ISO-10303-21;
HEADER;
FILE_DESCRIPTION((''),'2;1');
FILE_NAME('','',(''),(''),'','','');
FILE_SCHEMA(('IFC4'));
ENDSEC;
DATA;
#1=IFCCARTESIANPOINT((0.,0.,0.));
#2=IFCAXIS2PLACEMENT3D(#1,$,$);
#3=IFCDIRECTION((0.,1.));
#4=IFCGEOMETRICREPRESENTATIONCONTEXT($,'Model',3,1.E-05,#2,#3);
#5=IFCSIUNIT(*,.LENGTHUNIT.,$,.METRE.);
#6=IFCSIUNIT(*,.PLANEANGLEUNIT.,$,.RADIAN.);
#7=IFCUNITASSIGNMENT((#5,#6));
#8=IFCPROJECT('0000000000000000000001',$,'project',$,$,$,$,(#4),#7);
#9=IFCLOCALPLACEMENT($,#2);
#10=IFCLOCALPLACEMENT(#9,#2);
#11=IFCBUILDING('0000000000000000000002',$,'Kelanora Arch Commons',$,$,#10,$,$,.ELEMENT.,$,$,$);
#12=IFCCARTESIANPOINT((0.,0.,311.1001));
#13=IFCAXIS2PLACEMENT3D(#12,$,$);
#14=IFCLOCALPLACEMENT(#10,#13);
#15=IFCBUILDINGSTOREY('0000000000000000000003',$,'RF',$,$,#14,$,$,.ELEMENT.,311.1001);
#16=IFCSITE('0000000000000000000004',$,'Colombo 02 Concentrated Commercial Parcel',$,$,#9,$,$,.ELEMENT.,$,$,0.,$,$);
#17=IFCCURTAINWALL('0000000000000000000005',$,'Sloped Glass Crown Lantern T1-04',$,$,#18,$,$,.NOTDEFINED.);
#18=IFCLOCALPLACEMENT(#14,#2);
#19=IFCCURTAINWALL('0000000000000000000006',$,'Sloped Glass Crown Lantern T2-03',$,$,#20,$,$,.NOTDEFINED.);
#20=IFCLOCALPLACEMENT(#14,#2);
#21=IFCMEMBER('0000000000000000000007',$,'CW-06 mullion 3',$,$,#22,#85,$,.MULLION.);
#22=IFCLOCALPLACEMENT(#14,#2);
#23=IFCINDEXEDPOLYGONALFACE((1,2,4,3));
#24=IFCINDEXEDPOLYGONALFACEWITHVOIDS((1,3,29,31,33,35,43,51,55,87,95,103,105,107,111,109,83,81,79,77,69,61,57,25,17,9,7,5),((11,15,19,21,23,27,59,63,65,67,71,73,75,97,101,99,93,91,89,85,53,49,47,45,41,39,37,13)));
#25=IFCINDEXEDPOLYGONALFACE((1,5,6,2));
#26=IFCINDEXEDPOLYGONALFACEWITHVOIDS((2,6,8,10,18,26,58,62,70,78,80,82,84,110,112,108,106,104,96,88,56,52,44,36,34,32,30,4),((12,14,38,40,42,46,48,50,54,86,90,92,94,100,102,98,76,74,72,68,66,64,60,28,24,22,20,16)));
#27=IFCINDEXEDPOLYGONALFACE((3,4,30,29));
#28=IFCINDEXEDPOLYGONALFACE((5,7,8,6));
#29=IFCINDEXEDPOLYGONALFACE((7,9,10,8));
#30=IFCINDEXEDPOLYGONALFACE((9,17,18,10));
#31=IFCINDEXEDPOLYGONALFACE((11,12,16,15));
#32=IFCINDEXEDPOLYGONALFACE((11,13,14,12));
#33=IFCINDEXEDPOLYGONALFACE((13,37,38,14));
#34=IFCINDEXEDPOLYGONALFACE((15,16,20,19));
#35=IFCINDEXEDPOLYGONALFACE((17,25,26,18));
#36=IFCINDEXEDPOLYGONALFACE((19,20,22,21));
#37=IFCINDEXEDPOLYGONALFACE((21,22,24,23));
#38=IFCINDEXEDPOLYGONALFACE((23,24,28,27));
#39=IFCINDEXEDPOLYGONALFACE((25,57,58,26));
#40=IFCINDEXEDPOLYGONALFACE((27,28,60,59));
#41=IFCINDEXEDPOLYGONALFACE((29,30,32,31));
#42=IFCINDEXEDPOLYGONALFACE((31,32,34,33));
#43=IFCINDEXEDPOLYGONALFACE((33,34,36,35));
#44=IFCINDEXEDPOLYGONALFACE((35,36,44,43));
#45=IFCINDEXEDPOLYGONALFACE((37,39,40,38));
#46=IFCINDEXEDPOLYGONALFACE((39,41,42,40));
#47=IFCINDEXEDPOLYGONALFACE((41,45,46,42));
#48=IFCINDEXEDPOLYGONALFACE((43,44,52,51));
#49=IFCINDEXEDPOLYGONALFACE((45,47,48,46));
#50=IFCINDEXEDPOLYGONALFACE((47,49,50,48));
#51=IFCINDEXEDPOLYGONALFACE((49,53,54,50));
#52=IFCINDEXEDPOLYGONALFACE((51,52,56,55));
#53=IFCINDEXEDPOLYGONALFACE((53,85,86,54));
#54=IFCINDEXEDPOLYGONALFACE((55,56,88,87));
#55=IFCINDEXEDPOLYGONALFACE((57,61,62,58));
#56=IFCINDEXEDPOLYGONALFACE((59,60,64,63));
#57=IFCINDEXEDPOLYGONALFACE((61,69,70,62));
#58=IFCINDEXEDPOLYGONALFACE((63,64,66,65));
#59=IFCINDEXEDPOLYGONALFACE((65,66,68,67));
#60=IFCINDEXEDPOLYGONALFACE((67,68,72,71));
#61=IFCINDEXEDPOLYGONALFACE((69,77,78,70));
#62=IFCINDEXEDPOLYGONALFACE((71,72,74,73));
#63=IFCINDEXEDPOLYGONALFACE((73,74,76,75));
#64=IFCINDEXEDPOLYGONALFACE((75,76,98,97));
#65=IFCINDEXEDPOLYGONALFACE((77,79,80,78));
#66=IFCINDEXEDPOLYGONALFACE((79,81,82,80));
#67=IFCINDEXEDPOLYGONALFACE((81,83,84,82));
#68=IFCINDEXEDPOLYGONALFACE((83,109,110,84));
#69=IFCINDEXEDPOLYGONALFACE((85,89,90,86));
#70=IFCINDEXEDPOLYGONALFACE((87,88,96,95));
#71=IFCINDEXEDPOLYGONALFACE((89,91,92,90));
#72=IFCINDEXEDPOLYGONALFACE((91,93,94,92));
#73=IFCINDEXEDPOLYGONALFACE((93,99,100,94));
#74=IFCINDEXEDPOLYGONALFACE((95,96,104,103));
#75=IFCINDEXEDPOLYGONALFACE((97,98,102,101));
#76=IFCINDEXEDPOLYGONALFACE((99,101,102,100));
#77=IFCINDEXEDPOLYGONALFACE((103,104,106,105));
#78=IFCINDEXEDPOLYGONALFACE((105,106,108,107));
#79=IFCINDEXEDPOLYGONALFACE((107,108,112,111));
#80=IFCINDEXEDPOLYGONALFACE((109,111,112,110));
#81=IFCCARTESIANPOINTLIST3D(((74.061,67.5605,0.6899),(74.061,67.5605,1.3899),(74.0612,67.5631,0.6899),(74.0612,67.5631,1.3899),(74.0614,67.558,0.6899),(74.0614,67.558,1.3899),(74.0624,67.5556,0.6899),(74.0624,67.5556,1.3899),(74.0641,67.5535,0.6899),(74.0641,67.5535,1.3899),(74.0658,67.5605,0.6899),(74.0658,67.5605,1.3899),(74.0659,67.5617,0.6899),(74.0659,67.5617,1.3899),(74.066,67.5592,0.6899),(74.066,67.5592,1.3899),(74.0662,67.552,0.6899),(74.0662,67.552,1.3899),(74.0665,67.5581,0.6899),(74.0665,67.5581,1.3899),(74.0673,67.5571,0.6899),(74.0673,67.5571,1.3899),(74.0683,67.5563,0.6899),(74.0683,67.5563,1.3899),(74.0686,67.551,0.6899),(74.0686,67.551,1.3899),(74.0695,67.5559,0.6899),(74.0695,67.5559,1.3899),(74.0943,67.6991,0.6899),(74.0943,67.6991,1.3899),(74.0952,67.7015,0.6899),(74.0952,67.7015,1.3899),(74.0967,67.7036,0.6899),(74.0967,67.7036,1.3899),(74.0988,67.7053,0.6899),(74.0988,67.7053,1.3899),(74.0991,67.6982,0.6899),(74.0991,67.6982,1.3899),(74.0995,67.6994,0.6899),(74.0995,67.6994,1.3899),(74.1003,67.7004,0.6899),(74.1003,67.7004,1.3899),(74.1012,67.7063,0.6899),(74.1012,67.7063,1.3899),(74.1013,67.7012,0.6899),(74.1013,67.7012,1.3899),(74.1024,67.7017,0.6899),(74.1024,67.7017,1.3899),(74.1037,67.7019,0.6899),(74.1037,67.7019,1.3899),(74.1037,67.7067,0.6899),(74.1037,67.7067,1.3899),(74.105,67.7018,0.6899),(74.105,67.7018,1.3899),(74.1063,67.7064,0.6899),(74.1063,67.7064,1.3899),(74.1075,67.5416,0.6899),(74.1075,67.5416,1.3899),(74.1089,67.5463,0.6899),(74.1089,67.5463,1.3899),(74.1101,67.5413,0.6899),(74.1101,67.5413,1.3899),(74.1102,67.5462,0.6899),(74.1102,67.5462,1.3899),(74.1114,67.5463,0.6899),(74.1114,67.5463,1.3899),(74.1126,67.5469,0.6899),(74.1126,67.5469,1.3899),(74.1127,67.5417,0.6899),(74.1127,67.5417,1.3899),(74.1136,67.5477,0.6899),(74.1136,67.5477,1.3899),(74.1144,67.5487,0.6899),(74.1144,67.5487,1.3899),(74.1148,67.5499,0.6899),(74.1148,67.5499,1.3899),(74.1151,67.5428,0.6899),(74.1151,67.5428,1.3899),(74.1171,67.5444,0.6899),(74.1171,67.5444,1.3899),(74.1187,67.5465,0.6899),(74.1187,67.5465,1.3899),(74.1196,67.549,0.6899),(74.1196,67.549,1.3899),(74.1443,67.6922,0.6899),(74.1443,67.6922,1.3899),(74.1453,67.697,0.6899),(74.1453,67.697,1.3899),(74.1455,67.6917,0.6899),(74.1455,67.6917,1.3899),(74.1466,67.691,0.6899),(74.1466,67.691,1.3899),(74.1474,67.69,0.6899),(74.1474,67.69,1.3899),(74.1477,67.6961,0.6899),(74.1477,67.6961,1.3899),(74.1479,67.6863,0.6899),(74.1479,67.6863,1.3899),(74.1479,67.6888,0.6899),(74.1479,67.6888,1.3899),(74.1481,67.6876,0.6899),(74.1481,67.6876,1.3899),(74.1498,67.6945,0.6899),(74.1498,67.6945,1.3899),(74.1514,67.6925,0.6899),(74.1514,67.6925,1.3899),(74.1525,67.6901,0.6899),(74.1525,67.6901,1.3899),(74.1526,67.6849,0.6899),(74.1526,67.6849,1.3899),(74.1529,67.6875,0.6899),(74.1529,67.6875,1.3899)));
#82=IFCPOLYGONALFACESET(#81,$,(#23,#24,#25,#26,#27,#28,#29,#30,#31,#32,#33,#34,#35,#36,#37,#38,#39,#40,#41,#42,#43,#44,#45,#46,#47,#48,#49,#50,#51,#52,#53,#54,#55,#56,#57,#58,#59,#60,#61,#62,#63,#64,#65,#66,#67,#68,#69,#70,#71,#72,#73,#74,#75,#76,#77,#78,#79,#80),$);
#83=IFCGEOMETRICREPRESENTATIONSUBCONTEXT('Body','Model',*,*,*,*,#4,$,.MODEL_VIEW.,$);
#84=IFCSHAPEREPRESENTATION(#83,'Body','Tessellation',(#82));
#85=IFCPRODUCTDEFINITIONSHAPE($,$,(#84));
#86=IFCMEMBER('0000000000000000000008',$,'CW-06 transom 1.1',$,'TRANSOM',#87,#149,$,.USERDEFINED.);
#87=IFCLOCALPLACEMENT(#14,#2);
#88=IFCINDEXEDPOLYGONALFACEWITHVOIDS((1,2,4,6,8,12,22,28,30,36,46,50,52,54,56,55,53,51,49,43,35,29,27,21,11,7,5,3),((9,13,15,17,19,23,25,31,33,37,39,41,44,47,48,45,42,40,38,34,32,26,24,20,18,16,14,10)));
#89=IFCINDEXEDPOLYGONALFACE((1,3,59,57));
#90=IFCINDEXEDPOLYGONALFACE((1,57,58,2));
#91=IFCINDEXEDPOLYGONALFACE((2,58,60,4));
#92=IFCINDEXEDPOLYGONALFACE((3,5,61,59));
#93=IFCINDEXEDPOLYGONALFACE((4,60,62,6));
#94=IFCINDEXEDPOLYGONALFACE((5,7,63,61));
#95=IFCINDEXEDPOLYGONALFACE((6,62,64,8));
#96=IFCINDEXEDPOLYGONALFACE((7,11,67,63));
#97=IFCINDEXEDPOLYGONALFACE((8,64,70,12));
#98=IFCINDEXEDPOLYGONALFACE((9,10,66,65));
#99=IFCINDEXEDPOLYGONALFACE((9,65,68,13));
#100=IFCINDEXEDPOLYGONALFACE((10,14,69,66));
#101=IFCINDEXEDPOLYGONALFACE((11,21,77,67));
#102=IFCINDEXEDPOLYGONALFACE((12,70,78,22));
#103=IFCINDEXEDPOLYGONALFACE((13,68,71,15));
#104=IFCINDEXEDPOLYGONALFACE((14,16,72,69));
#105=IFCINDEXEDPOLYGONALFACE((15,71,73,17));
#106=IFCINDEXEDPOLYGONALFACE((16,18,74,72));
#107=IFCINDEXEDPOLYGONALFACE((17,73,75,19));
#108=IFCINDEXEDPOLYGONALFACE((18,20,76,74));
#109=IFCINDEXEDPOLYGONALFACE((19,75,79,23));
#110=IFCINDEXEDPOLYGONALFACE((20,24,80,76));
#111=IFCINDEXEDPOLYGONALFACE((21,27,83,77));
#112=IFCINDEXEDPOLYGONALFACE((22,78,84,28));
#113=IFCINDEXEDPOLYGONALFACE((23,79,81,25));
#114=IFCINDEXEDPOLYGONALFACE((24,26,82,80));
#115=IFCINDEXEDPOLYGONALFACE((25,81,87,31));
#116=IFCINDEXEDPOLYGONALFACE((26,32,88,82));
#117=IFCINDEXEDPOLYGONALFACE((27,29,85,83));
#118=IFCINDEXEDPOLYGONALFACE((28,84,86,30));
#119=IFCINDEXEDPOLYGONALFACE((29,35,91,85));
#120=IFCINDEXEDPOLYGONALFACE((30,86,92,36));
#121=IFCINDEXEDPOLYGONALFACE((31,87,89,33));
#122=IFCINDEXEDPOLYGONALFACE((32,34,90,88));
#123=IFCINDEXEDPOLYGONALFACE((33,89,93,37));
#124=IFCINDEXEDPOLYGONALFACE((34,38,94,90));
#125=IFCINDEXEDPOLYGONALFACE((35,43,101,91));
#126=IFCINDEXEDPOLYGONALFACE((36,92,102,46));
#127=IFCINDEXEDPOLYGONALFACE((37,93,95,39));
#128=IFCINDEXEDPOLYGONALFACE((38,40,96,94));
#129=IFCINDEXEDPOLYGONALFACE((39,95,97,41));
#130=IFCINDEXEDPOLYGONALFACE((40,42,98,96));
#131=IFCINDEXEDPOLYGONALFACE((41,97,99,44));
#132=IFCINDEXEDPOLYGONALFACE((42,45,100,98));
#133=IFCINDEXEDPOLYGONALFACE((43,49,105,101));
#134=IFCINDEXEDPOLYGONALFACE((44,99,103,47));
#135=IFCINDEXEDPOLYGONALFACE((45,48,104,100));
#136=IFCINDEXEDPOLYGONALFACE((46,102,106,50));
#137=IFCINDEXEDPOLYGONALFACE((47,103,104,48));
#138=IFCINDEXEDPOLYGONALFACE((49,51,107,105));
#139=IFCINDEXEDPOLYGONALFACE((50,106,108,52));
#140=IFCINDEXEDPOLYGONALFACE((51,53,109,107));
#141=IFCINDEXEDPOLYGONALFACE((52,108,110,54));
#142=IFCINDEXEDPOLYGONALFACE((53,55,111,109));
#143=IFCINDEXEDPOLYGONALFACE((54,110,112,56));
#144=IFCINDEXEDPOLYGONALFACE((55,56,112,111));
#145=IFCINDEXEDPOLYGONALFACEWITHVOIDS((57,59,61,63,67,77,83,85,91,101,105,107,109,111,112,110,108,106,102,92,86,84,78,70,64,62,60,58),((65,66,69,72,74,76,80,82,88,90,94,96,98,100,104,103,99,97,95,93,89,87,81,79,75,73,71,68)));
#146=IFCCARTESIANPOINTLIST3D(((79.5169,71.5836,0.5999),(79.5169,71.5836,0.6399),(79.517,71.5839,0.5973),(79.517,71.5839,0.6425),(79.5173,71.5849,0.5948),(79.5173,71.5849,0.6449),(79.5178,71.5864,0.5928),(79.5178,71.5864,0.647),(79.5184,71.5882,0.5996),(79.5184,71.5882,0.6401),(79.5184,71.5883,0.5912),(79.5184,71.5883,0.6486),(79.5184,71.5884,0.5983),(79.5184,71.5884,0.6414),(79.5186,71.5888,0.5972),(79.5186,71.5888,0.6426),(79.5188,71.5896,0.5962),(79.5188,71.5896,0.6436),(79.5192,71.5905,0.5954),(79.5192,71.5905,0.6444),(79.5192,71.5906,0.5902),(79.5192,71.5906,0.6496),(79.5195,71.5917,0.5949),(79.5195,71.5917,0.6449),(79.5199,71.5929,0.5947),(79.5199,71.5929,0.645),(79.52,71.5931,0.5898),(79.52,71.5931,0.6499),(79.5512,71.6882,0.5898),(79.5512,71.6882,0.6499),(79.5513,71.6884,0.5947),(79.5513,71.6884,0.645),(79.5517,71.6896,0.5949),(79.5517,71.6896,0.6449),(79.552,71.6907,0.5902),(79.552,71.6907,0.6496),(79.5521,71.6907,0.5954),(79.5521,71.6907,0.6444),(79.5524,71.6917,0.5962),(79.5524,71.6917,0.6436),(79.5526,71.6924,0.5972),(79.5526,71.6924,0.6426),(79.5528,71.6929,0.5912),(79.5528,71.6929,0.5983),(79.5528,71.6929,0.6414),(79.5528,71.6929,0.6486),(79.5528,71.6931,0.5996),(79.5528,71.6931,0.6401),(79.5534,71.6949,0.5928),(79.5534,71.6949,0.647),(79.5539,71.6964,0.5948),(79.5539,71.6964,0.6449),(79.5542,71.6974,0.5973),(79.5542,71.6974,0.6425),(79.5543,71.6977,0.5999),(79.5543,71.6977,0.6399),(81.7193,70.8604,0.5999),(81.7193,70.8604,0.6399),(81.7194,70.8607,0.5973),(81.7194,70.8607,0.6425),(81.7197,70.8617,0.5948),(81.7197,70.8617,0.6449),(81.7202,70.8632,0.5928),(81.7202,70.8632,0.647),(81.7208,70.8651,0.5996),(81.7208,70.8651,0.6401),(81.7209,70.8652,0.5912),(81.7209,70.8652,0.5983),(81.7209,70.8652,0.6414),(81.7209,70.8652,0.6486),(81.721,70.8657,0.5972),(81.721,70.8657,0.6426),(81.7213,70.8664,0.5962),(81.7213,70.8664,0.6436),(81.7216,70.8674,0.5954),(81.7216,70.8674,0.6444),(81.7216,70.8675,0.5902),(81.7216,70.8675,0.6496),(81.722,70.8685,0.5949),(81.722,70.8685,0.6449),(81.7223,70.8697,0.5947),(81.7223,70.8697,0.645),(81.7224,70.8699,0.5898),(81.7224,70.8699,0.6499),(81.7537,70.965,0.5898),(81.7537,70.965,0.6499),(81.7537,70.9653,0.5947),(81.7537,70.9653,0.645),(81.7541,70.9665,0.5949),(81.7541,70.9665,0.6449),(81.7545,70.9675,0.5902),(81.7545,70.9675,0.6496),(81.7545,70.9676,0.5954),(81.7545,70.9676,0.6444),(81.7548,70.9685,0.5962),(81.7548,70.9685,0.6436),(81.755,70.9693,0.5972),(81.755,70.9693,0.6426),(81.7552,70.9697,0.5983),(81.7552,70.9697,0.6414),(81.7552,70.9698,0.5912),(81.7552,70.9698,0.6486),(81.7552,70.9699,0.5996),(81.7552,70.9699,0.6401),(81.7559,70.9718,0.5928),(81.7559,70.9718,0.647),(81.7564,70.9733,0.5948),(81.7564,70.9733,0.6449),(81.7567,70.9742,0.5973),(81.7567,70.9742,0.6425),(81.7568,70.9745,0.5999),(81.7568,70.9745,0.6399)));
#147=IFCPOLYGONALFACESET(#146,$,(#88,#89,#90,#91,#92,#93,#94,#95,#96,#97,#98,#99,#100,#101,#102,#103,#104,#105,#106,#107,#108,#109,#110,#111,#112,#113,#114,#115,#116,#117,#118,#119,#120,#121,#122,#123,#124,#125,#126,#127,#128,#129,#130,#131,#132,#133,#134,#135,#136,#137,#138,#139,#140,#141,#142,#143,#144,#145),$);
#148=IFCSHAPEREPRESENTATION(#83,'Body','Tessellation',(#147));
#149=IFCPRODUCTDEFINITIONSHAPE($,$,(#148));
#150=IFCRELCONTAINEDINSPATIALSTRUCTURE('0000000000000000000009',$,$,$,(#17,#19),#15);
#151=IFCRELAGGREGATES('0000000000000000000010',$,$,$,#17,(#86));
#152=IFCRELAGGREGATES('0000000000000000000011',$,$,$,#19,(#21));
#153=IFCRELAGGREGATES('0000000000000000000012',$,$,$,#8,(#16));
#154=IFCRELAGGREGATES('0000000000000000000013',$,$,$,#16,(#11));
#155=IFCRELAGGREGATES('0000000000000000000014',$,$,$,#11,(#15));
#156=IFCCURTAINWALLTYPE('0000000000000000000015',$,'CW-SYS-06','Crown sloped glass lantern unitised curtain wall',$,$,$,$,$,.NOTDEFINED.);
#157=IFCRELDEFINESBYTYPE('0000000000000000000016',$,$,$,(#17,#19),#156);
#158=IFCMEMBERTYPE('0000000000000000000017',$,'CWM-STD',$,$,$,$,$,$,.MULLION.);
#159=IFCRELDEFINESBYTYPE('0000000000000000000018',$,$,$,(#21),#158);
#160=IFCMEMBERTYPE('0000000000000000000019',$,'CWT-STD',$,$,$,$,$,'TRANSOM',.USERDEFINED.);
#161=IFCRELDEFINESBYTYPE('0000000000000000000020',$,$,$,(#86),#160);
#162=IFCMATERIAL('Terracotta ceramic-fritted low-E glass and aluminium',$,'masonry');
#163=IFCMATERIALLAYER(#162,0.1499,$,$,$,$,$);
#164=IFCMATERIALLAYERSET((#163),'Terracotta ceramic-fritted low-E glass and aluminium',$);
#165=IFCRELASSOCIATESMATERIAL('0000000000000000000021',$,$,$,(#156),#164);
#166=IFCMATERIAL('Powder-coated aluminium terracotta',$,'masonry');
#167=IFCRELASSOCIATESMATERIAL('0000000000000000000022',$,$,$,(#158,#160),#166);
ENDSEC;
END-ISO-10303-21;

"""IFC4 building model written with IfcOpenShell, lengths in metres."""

from ifc_helpers import new_model, si_unit, direction, frame, origin, origin_2d, place, context, subcontext, project, spatial, hollow_rectangle, extrude, material, layer, layer_set, material_profile, profile_set, type_object, element, aggregate, save


model = new_model("IFC4")

# Units and contexts
model_context = context("Model", 3, precision=1e-05, world=origin(), true_north=direction((0.0, 1.0)))
body_context = subcontext(model_context, "Body", "Model", "MODEL_VIEW")
ifc_project = project(units=[si_unit("LENGTHUNIT", "METRE"), si_unit("PLANEANGLEUNIT", "RADIAN")], contexts=[model_context])

# Site, building, storey
site_placement = place(None, origin())
site = spatial("IfcSite", under=ifc_project, at=site_placement, Name="Colombo 02 Concentrated Commercial Parcel", CompositionType="ELEMENT", RefElevation=0.0)
building_placement = place(site_placement, origin())
building = spatial("IfcBuilding", under=site, at=building_placement, Name="Kelanora Arch Commons", CompositionType="ELEMENT")
storey_placement = place(building_placement, frame((0.0, 0.0, 311.1001)))
storey = spatial("IfcBuildingStorey", under=building, at=storey_placement, Name="RF", CompositionType="ELEMENT", Elevation=311.1001)

# Shared definitions
ifc_material_1 = material(Name="Terracotta ceramic-fritted low-E glass and aluminium", Category="masonry")
ifc_layer_1 = layer(ifc_material_1, 0.1499)
ifc_layer_set_1 = layer_set([ifc_layer_1], Name="Terracotta ceramic-fritted low-E glass and aluminium")
curtain_wall_type = type_object("IfcCurtainWallType", Name="CW-SYS-06", Description="Crown sloped glass lantern unitised curtain wall", PredefinedType="NOTDEFINED", material=ifc_layer_set_1)
ifc_material_2 = material(Name="Powder-coated aluminium terracotta", Category="masonry")
ifc_material_profile_1 = material_profile(ifc_material_2, hollow_rectangle(XDim=0.1599, YDim=0.0601, WallThickness=0.0049, InnerFilletRadius=0.0049, OuterFilletRadius=0.01, at=origin_2d()), Name="CWM160x60")
ifc_profile_set_1 = profile_set([ifc_material_profile_1], Name="Powder-coated aluminium terracotta")
member_type_1 = type_object("IfcMemberType", Name="CWM-STD", PredefinedType="MULLION", material=ifc_profile_set_1)

# Curtain walls, member
curtain_wall_1_placement = place(storey_placement, origin())
curtain_wall_1 = element("IfcCurtainWall", 1, at=curtain_wall_1_placement, inside=storey, type_object=curtain_wall_type, Name="Sloped Glass Crown Lantern T1-04", PredefinedType="NOTDEFINED")
curtain_wall_2_placement = place(storey_placement, origin())
curtain_wall_2 = element("IfcCurtainWall", 2, at=curtain_wall_2_placement, inside=storey, type_object=curtain_wall_type, Name="Sloped Glass Crown Lantern T2-03", PredefinedType="NOTDEFINED")
member_1_placement = place(storey_placement, frame((74.1069, 67.624, 0.6899), z_axis=(0.0, 0.0, 1.0), x_axis=(-0.235931, -0.97177, 0.0)))
member_1 = element("IfcMember", 3, at=member_1_placement, type_object=member_type_1, Name="CW-06 mullion 3", PredefinedType="MULLION", context=body_context, shape_type="SweptSolid", body=[
    extrude(hollow_rectangle(XDim=0.1599, YDim=0.0601, WallThickness=0.0049, InnerFilletRadius=0.0049, OuterFilletRadius=0.01, at=origin_2d()), origin(), (0.0, 0.0, 1.0), 0.7),
])

# Member
ifc_material_profile_2 = material_profile(ifc_material_2, hollow_rectangle(XDim=0.1201, YDim=0.0601, WallThickness=0.0049, InnerFilletRadius=0.0049, OuterFilletRadius=0.01, at=origin_2d()), Name="CWT120x60")
ifc_profile_set_2 = profile_set([ifc_material_profile_2], Name="Powder-coated aluminium terracotta")
member_type_2 = type_object("IfcMemberType", Name="CWT-STD", ElementType="TRANSOM", PredefinedType="USERDEFINED", material=ifc_profile_set_2)
member_2_placement = place(storey_placement, frame((81.738, 70.9175, 0.6199), z_axis=(-0.950096, 0.311959, 0.0), x_axis=(-0.311959, -0.950096, 0.0)))
member_2 = element("IfcMember", 4, at=member_2_placement, type_object=member_type_2, Name="CW-06 transom 1.1", ObjectType="TRANSOM", PredefinedType="USERDEFINED", context=body_context, shape_type="SweptSolid", body=[
    extrude(hollow_rectangle(XDim=0.1201, YDim=0.0601, WallThickness=0.0049, InnerFilletRadius=0.0049, OuterFilletRadius=0.01, at=origin_2d()), origin(), (0.0, 0.0, 1.0), 2.3181),
])

aggregate(curtain_wall_1, [member_2])
aggregate(curtain_wall_2, [member_1])

save(model, "model.ifc")
